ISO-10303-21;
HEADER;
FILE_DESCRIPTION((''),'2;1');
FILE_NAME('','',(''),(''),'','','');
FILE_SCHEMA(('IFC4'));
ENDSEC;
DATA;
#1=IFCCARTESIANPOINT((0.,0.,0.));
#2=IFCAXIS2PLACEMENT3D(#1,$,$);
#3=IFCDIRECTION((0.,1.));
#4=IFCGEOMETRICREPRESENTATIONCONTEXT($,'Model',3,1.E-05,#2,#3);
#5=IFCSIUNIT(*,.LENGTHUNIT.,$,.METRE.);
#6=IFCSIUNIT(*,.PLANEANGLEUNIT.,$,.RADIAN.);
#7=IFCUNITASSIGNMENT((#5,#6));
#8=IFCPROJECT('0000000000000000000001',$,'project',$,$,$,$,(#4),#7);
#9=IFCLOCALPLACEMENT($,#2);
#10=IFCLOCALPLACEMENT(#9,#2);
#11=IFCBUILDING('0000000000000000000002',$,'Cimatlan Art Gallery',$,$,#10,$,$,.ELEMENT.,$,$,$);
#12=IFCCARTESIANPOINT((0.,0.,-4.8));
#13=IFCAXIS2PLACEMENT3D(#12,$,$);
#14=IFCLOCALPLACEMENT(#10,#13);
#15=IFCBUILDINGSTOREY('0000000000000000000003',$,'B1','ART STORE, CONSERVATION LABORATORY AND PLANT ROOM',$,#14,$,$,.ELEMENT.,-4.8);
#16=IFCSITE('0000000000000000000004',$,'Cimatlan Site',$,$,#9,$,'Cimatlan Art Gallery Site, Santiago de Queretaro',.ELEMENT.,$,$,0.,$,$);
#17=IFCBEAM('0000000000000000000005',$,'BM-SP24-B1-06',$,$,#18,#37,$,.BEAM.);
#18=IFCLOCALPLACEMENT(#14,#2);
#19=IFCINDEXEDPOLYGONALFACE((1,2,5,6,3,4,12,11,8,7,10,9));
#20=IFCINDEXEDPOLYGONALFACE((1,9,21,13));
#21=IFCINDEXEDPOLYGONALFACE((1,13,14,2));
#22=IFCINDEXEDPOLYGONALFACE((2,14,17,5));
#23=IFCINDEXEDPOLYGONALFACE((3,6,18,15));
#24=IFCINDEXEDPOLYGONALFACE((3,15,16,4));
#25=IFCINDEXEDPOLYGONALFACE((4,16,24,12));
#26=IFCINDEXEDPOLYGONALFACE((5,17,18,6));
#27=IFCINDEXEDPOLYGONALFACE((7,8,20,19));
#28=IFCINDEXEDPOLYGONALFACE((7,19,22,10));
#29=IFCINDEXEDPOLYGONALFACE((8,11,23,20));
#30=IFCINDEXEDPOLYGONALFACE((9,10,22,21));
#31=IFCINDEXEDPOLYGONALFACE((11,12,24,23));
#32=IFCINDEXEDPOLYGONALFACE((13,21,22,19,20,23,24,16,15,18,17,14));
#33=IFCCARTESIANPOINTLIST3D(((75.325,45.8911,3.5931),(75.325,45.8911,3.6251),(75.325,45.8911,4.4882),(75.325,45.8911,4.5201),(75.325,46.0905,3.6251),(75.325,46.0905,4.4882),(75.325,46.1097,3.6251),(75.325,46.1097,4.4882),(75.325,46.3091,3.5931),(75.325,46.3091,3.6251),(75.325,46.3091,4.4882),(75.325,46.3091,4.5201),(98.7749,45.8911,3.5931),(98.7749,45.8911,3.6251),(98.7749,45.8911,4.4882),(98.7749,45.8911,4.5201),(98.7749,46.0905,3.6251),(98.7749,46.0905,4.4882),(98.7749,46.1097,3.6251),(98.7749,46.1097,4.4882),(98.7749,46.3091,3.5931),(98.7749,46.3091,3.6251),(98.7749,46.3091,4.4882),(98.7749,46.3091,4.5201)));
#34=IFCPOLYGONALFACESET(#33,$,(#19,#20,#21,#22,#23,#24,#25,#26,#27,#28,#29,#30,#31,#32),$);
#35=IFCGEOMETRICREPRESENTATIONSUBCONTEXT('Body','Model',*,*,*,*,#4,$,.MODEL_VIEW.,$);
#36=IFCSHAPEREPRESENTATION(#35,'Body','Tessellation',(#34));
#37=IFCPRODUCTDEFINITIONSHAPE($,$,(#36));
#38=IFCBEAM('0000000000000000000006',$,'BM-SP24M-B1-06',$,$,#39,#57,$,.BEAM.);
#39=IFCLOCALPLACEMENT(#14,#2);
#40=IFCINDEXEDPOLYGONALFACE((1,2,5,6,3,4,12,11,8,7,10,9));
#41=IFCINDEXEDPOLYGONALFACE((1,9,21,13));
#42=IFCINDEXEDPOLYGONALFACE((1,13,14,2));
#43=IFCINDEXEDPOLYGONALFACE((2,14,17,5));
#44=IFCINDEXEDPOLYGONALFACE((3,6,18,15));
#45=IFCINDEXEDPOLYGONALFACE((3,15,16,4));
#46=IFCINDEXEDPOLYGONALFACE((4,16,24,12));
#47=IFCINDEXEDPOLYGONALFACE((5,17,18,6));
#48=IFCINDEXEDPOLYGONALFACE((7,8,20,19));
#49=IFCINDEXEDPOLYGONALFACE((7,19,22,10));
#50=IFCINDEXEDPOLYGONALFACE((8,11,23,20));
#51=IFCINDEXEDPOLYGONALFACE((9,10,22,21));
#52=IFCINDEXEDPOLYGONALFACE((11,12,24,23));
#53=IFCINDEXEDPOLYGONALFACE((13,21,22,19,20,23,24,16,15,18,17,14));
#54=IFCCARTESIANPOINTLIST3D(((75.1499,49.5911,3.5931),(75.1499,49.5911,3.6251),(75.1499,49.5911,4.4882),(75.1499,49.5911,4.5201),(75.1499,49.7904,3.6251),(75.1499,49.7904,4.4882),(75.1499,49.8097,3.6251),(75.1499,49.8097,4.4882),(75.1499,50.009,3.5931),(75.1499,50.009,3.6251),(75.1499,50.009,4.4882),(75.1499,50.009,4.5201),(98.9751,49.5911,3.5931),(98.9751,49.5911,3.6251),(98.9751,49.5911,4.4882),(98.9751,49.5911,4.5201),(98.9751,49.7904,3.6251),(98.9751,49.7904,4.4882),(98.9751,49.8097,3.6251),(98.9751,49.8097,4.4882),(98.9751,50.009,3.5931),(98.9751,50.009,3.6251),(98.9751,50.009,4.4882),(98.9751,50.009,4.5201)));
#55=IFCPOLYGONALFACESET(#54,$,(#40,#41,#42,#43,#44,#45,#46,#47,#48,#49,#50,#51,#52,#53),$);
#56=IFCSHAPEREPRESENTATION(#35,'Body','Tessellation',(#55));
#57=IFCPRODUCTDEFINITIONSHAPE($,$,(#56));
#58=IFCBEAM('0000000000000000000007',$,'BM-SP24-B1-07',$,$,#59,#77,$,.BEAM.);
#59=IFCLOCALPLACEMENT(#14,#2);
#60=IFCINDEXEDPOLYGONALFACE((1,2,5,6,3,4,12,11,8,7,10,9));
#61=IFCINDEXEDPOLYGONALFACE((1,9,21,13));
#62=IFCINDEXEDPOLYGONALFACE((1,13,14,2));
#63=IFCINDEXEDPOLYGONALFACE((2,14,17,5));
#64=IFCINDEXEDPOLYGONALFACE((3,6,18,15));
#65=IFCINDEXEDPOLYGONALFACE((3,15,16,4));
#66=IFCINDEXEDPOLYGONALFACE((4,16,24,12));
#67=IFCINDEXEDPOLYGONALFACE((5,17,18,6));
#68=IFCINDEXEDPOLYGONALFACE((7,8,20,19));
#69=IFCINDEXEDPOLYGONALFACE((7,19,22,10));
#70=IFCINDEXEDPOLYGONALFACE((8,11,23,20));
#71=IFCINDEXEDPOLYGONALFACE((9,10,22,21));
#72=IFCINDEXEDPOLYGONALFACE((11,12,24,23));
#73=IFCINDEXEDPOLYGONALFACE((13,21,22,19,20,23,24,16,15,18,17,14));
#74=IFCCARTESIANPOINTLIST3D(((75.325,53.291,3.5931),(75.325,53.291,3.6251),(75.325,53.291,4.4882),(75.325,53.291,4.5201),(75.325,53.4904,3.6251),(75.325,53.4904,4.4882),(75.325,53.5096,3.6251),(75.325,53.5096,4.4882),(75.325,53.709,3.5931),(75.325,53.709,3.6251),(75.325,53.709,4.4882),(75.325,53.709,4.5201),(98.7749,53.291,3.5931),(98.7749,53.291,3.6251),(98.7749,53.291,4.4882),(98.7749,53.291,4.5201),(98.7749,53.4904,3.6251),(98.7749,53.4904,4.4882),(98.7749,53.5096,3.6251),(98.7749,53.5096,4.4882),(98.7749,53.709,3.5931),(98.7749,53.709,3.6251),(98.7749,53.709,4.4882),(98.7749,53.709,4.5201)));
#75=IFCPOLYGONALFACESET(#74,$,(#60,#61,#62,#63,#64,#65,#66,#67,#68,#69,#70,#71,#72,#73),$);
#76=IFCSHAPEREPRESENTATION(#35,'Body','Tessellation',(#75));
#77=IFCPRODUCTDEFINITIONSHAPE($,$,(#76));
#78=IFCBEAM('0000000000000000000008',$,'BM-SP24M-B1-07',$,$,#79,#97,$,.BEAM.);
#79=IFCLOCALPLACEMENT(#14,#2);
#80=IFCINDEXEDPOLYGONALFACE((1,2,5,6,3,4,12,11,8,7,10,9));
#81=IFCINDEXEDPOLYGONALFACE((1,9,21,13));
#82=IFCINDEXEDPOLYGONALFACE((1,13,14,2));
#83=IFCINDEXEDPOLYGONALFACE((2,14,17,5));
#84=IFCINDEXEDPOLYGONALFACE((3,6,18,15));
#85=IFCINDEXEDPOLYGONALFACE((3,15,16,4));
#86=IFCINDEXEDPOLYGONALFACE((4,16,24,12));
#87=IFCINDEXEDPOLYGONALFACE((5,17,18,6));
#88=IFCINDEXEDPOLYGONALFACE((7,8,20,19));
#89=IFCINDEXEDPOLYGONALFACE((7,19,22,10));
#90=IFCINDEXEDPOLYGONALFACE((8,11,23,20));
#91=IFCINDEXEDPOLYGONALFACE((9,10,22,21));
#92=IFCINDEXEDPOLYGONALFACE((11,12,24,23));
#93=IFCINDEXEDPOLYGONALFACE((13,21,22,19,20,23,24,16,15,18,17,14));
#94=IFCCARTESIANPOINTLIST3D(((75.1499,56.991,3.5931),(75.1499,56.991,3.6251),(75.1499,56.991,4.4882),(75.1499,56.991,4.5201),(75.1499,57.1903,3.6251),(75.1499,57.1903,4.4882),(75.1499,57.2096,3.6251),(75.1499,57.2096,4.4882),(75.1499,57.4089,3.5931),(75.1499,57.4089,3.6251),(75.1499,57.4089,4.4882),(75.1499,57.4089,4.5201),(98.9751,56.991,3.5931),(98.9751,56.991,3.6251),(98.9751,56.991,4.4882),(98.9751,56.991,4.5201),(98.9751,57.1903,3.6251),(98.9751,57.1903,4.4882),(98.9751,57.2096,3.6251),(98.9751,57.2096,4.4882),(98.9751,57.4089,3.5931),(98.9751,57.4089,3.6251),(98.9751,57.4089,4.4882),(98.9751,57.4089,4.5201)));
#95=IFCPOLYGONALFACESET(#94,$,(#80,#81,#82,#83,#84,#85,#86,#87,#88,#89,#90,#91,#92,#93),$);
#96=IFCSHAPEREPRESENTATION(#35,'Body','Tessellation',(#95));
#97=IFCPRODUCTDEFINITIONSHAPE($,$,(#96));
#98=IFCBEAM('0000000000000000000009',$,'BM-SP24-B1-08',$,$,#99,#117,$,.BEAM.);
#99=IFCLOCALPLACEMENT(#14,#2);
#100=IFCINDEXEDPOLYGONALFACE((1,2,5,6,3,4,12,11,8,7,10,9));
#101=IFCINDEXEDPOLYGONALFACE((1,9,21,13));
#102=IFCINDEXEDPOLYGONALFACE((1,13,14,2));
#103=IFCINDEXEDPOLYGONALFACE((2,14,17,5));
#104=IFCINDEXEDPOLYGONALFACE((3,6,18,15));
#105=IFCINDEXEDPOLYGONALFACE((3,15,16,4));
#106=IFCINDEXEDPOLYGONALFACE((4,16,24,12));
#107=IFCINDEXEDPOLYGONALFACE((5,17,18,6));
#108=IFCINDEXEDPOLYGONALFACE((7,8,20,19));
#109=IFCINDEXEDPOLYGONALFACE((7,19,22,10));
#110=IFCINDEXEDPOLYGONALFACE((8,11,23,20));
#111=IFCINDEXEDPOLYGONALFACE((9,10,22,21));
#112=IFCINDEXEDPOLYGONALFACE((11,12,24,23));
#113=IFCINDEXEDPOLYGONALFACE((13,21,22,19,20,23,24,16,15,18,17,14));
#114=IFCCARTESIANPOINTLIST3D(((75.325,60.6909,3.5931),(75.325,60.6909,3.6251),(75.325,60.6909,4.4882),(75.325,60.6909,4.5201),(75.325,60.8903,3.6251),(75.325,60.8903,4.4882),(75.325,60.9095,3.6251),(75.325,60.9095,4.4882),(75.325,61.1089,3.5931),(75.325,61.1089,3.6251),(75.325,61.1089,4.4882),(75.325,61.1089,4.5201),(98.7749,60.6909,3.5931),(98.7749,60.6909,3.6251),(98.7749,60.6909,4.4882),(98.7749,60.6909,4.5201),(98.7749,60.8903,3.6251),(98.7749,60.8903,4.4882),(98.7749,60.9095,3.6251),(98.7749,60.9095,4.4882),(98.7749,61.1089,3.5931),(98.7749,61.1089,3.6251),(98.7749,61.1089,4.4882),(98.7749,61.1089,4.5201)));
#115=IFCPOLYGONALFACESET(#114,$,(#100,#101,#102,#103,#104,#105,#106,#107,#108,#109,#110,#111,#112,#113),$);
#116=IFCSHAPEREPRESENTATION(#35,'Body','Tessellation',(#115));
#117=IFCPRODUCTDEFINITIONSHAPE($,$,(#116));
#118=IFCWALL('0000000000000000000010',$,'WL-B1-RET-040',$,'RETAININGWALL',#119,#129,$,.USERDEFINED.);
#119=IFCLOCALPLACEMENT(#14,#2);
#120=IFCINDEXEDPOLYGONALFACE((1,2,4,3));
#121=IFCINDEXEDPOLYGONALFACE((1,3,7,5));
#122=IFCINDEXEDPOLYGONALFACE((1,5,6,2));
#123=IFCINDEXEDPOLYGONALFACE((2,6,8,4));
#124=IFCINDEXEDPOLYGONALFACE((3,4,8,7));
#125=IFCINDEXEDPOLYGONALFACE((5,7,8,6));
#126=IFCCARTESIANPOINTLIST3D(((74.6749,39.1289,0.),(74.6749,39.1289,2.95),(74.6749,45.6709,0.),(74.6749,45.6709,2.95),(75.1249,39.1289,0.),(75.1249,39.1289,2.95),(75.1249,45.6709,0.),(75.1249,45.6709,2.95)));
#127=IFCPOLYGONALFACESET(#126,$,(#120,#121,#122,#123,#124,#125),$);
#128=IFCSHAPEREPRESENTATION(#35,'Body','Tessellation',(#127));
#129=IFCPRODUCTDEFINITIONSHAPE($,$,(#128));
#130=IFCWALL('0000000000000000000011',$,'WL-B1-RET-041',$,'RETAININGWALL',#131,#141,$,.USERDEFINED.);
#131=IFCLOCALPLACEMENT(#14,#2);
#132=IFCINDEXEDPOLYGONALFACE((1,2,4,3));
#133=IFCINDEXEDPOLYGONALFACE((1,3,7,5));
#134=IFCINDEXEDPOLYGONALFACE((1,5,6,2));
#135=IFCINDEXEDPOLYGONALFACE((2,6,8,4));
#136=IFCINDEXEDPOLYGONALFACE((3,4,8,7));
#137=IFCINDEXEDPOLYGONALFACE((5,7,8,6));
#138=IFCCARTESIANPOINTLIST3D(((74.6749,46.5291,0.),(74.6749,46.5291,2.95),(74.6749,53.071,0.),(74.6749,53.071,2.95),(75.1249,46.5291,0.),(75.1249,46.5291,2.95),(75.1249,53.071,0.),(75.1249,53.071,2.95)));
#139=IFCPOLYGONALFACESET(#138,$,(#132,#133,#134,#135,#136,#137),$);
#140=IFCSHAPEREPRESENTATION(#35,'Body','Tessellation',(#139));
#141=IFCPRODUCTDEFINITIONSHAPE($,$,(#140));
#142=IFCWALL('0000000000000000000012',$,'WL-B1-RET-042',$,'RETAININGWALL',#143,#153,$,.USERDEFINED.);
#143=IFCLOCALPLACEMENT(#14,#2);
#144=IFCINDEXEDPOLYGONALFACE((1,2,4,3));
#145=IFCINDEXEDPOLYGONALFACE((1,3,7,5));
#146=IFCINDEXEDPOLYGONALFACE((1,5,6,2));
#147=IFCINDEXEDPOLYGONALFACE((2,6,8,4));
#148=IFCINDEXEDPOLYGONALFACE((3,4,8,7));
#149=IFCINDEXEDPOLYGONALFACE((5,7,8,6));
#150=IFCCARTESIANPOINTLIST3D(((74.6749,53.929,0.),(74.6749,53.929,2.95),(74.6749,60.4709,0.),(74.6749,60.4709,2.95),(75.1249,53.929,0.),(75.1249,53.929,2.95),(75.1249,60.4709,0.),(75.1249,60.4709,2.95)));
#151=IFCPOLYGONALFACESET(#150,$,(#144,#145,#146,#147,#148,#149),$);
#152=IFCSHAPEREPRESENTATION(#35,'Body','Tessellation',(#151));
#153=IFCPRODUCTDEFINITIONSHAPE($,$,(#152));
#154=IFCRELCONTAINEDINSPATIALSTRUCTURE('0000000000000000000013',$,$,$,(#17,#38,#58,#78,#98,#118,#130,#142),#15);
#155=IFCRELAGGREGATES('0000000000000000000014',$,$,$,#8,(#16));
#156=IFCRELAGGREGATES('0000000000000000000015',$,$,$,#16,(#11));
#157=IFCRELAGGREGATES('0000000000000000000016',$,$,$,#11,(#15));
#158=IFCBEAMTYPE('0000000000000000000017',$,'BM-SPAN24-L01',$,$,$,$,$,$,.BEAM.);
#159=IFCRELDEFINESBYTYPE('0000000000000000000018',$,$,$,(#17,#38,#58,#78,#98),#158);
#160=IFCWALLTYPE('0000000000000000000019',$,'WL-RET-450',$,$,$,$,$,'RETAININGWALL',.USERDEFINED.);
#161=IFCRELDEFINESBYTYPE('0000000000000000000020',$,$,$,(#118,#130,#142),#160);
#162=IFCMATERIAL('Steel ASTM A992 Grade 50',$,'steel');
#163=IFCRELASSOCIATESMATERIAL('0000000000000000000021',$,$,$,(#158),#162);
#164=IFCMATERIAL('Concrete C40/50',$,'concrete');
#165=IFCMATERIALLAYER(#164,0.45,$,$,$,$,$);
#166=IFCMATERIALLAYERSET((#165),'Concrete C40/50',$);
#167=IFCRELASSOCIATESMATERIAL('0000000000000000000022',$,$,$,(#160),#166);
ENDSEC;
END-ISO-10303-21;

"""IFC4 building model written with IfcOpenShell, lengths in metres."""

from ifc_helpers import new_model, si_unit, direction, frame, frame_2d, origin, origin_2d, place, context, subcontext, project, spatial, rectangle, i_section, extrude, material, layer, layer_set, material_profile, profile_set, type_object, element, save


model = new_model("IFC4")

# Units and contexts
model_context = context("Model", 3, precision=1e-05, world=origin(), true_north=direction((0.0, 1.0)))
body_context = subcontext(model_context, "Body", "Model", "MODEL_VIEW")
ifc_project = project(units=[si_unit("LENGTHUNIT", "METRE"), si_unit("PLANEANGLEUNIT", "RADIAN")], contexts=[model_context])

# Site, building, storey
site_placement = place(None, origin())
site = spatial("IfcSite", under=ifc_project, at=site_placement, Name="Cimatlan Site", LongName="Cimatlan Art Gallery Site, Santiago de Queretaro", CompositionType="ELEMENT", RefElevation=0.0)
building_placement = place(site_placement, origin())
building = spatial("IfcBuilding", under=site, at=building_placement, Name="Cimatlan Art Gallery", CompositionType="ELEMENT")
storey_placement = place(building_placement, frame((0.0, 0.0, -4.8)))
storey = spatial("IfcBuildingStorey", under=building, at=storey_placement, Name="B1", Description="ART STORE, CONSERVATION LABORATORY AND PLANT ROOM", CompositionType="ELEMENT", Elevation=-4.8)

# Shared definitions
ifc_material_1 = material(Name="Concrete C40/50", Category="concrete")

# Beams
ifc_material_2 = material(Name="Steel ASTM A992 Grade 50", Category="steel")
ifc_material_profile_1 = material_profile(ifc_material_2, i_section(OverallWidth=0.418, OverallDepth=0.927, WebThickness=0.0193, FlangeThickness=0.032, at=origin_2d()), Name="W36X231")
ifc_profile_set_1 = profile_set([ifc_material_profile_1], Name="Steel ASTM A992 Grade 50")
beam_type_1 = type_object("IfcBeamType", Name="BM-SPAN24-L01", PredefinedType="BEAM", material=ifc_profile_set_1)
beam_1_placement = place(storey_placement, frame((75.325, 46.1001, 4.0566), z_axis=(1.0, 0.0, 0.0), x_axis=(0.0, 1.0, 0.0)))
element("IfcBeam", 1, at=beam_1_placement, inside=storey, type_object=beam_type_1, Name="BM-SP24-B1-06", PredefinedType="BEAM", context=body_context, shape_type="SweptSolid", body=[
    extrude(i_section(OverallWidth=0.418, OverallDepth=0.927, WebThickness=0.0193, FlangeThickness=0.032, at=origin_2d()), origin(), (0.0, 0.0, 1.0), 23.45),
])
beam_2_placement = place(storey_placement, frame((75.1499, 49.8, 4.0566), z_axis=(1.0, 0.0, 0.0), x_axis=(0.0, 1.0, 0.0)))
element("IfcBeam", 2, at=beam_2_placement, inside=storey, type_object=beam_type_1, Name="BM-SP24M-B1-06", PredefinedType="BEAM", context=body_context, shape_type="SweptSolid", body=[
    extrude(i_section(OverallWidth=0.418, OverallDepth=0.927, WebThickness=0.0193, FlangeThickness=0.032, at=origin_2d()), origin(), (0.0, 0.0, 1.0), 23.8252),
])
beam_3_placement = place(storey_placement, frame((75.325, 53.5, 4.0566), z_axis=(1.0, 0.0, 0.0), x_axis=(0.0, 1.0, 0.0)))
element("IfcBeam", 3, at=beam_3_placement, inside=storey, type_object=beam_type_1, Name="BM-SP24-B1-07", PredefinedType="BEAM", context=body_context, shape_type="SweptSolid", body=[
    extrude(i_section(OverallWidth=0.418, OverallDepth=0.927, WebThickness=0.0193, FlangeThickness=0.032, at=origin_2d()), origin(), (0.0, 0.0, 1.0), 23.45),
])
beam_4_placement = place(storey_placement, frame((75.1499, 57.2, 4.0566), z_axis=(1.0, 0.0, 0.0), x_axis=(0.0, 1.0, 0.0)))
element("IfcBeam", 4, at=beam_4_placement, inside=storey, type_object=beam_type_1, Name="BM-SP24M-B1-07", PredefinedType="BEAM", context=body_context, shape_type="SweptSolid", body=[
    extrude(i_section(OverallWidth=0.418, OverallDepth=0.927, WebThickness=0.0193, FlangeThickness=0.032, at=origin_2d()), origin(), (0.0, 0.0, 1.0), 23.8252),
])
beam_5_placement = place(storey_placement, frame((75.325, 60.8999, 4.0566), z_axis=(1.0, 0.0, 0.0), x_axis=(0.0, 1.0, 0.0)))
element("IfcBeam", 5, at=beam_5_placement, inside=storey, type_object=beam_type_1, Name="BM-SP24-B1-08", PredefinedType="BEAM", context=body_context, shape_type="SweptSolid", body=[
    extrude(i_section(OverallWidth=0.418, OverallDepth=0.927, WebThickness=0.0193, FlangeThickness=0.032, at=origin_2d()), origin(), (0.0, 0.0, 1.0), 23.45),
])

# Walls
ifc_layer = layer(ifc_material_1, 0.45)
ifc_layer_set = layer_set([ifc_layer], Name="Concrete C40/50")
wall_type = type_object("IfcWallType", Name="WL-RET-450", ElementType="RETAININGWALL", PredefinedType="USERDEFINED", material=ifc_layer_set)
for number, where, z_axis, x_axis, name in (
    (6, (74.8999, 39.1289, 0.0), (0.0, 0.0, 1.0), (0.0, 1.0, 0.0), "WL-B1-RET-040"),
    (7, (74.8999, 46.5291, 0.0), (0.0, 0.0, 1.0), (0.0, 1.0, 0.0), "WL-B1-RET-041"),
    (8, (74.8999, 53.929, 0.0), (0.0, 0.0, 1.0), (0.0, 1.0, 0.0), "WL-B1-RET-042"),
):
    element("IfcWall", number, at=place(storey_placement, frame(where, z_axis=z_axis, x_axis=x_axis)), inside=storey, type_object=wall_type, Name=name, ObjectType="RETAININGWALL", PredefinedType="USERDEFINED", context=body_context, shape_type="SweptSolid", body=[
        extrude(rectangle(XDim=6.542, YDim=0.45, at=frame_2d((3.271, 0.0))), origin(), (0.0, 0.0, 1.0), 2.95),
    ])

save(model, "model.ifc")
